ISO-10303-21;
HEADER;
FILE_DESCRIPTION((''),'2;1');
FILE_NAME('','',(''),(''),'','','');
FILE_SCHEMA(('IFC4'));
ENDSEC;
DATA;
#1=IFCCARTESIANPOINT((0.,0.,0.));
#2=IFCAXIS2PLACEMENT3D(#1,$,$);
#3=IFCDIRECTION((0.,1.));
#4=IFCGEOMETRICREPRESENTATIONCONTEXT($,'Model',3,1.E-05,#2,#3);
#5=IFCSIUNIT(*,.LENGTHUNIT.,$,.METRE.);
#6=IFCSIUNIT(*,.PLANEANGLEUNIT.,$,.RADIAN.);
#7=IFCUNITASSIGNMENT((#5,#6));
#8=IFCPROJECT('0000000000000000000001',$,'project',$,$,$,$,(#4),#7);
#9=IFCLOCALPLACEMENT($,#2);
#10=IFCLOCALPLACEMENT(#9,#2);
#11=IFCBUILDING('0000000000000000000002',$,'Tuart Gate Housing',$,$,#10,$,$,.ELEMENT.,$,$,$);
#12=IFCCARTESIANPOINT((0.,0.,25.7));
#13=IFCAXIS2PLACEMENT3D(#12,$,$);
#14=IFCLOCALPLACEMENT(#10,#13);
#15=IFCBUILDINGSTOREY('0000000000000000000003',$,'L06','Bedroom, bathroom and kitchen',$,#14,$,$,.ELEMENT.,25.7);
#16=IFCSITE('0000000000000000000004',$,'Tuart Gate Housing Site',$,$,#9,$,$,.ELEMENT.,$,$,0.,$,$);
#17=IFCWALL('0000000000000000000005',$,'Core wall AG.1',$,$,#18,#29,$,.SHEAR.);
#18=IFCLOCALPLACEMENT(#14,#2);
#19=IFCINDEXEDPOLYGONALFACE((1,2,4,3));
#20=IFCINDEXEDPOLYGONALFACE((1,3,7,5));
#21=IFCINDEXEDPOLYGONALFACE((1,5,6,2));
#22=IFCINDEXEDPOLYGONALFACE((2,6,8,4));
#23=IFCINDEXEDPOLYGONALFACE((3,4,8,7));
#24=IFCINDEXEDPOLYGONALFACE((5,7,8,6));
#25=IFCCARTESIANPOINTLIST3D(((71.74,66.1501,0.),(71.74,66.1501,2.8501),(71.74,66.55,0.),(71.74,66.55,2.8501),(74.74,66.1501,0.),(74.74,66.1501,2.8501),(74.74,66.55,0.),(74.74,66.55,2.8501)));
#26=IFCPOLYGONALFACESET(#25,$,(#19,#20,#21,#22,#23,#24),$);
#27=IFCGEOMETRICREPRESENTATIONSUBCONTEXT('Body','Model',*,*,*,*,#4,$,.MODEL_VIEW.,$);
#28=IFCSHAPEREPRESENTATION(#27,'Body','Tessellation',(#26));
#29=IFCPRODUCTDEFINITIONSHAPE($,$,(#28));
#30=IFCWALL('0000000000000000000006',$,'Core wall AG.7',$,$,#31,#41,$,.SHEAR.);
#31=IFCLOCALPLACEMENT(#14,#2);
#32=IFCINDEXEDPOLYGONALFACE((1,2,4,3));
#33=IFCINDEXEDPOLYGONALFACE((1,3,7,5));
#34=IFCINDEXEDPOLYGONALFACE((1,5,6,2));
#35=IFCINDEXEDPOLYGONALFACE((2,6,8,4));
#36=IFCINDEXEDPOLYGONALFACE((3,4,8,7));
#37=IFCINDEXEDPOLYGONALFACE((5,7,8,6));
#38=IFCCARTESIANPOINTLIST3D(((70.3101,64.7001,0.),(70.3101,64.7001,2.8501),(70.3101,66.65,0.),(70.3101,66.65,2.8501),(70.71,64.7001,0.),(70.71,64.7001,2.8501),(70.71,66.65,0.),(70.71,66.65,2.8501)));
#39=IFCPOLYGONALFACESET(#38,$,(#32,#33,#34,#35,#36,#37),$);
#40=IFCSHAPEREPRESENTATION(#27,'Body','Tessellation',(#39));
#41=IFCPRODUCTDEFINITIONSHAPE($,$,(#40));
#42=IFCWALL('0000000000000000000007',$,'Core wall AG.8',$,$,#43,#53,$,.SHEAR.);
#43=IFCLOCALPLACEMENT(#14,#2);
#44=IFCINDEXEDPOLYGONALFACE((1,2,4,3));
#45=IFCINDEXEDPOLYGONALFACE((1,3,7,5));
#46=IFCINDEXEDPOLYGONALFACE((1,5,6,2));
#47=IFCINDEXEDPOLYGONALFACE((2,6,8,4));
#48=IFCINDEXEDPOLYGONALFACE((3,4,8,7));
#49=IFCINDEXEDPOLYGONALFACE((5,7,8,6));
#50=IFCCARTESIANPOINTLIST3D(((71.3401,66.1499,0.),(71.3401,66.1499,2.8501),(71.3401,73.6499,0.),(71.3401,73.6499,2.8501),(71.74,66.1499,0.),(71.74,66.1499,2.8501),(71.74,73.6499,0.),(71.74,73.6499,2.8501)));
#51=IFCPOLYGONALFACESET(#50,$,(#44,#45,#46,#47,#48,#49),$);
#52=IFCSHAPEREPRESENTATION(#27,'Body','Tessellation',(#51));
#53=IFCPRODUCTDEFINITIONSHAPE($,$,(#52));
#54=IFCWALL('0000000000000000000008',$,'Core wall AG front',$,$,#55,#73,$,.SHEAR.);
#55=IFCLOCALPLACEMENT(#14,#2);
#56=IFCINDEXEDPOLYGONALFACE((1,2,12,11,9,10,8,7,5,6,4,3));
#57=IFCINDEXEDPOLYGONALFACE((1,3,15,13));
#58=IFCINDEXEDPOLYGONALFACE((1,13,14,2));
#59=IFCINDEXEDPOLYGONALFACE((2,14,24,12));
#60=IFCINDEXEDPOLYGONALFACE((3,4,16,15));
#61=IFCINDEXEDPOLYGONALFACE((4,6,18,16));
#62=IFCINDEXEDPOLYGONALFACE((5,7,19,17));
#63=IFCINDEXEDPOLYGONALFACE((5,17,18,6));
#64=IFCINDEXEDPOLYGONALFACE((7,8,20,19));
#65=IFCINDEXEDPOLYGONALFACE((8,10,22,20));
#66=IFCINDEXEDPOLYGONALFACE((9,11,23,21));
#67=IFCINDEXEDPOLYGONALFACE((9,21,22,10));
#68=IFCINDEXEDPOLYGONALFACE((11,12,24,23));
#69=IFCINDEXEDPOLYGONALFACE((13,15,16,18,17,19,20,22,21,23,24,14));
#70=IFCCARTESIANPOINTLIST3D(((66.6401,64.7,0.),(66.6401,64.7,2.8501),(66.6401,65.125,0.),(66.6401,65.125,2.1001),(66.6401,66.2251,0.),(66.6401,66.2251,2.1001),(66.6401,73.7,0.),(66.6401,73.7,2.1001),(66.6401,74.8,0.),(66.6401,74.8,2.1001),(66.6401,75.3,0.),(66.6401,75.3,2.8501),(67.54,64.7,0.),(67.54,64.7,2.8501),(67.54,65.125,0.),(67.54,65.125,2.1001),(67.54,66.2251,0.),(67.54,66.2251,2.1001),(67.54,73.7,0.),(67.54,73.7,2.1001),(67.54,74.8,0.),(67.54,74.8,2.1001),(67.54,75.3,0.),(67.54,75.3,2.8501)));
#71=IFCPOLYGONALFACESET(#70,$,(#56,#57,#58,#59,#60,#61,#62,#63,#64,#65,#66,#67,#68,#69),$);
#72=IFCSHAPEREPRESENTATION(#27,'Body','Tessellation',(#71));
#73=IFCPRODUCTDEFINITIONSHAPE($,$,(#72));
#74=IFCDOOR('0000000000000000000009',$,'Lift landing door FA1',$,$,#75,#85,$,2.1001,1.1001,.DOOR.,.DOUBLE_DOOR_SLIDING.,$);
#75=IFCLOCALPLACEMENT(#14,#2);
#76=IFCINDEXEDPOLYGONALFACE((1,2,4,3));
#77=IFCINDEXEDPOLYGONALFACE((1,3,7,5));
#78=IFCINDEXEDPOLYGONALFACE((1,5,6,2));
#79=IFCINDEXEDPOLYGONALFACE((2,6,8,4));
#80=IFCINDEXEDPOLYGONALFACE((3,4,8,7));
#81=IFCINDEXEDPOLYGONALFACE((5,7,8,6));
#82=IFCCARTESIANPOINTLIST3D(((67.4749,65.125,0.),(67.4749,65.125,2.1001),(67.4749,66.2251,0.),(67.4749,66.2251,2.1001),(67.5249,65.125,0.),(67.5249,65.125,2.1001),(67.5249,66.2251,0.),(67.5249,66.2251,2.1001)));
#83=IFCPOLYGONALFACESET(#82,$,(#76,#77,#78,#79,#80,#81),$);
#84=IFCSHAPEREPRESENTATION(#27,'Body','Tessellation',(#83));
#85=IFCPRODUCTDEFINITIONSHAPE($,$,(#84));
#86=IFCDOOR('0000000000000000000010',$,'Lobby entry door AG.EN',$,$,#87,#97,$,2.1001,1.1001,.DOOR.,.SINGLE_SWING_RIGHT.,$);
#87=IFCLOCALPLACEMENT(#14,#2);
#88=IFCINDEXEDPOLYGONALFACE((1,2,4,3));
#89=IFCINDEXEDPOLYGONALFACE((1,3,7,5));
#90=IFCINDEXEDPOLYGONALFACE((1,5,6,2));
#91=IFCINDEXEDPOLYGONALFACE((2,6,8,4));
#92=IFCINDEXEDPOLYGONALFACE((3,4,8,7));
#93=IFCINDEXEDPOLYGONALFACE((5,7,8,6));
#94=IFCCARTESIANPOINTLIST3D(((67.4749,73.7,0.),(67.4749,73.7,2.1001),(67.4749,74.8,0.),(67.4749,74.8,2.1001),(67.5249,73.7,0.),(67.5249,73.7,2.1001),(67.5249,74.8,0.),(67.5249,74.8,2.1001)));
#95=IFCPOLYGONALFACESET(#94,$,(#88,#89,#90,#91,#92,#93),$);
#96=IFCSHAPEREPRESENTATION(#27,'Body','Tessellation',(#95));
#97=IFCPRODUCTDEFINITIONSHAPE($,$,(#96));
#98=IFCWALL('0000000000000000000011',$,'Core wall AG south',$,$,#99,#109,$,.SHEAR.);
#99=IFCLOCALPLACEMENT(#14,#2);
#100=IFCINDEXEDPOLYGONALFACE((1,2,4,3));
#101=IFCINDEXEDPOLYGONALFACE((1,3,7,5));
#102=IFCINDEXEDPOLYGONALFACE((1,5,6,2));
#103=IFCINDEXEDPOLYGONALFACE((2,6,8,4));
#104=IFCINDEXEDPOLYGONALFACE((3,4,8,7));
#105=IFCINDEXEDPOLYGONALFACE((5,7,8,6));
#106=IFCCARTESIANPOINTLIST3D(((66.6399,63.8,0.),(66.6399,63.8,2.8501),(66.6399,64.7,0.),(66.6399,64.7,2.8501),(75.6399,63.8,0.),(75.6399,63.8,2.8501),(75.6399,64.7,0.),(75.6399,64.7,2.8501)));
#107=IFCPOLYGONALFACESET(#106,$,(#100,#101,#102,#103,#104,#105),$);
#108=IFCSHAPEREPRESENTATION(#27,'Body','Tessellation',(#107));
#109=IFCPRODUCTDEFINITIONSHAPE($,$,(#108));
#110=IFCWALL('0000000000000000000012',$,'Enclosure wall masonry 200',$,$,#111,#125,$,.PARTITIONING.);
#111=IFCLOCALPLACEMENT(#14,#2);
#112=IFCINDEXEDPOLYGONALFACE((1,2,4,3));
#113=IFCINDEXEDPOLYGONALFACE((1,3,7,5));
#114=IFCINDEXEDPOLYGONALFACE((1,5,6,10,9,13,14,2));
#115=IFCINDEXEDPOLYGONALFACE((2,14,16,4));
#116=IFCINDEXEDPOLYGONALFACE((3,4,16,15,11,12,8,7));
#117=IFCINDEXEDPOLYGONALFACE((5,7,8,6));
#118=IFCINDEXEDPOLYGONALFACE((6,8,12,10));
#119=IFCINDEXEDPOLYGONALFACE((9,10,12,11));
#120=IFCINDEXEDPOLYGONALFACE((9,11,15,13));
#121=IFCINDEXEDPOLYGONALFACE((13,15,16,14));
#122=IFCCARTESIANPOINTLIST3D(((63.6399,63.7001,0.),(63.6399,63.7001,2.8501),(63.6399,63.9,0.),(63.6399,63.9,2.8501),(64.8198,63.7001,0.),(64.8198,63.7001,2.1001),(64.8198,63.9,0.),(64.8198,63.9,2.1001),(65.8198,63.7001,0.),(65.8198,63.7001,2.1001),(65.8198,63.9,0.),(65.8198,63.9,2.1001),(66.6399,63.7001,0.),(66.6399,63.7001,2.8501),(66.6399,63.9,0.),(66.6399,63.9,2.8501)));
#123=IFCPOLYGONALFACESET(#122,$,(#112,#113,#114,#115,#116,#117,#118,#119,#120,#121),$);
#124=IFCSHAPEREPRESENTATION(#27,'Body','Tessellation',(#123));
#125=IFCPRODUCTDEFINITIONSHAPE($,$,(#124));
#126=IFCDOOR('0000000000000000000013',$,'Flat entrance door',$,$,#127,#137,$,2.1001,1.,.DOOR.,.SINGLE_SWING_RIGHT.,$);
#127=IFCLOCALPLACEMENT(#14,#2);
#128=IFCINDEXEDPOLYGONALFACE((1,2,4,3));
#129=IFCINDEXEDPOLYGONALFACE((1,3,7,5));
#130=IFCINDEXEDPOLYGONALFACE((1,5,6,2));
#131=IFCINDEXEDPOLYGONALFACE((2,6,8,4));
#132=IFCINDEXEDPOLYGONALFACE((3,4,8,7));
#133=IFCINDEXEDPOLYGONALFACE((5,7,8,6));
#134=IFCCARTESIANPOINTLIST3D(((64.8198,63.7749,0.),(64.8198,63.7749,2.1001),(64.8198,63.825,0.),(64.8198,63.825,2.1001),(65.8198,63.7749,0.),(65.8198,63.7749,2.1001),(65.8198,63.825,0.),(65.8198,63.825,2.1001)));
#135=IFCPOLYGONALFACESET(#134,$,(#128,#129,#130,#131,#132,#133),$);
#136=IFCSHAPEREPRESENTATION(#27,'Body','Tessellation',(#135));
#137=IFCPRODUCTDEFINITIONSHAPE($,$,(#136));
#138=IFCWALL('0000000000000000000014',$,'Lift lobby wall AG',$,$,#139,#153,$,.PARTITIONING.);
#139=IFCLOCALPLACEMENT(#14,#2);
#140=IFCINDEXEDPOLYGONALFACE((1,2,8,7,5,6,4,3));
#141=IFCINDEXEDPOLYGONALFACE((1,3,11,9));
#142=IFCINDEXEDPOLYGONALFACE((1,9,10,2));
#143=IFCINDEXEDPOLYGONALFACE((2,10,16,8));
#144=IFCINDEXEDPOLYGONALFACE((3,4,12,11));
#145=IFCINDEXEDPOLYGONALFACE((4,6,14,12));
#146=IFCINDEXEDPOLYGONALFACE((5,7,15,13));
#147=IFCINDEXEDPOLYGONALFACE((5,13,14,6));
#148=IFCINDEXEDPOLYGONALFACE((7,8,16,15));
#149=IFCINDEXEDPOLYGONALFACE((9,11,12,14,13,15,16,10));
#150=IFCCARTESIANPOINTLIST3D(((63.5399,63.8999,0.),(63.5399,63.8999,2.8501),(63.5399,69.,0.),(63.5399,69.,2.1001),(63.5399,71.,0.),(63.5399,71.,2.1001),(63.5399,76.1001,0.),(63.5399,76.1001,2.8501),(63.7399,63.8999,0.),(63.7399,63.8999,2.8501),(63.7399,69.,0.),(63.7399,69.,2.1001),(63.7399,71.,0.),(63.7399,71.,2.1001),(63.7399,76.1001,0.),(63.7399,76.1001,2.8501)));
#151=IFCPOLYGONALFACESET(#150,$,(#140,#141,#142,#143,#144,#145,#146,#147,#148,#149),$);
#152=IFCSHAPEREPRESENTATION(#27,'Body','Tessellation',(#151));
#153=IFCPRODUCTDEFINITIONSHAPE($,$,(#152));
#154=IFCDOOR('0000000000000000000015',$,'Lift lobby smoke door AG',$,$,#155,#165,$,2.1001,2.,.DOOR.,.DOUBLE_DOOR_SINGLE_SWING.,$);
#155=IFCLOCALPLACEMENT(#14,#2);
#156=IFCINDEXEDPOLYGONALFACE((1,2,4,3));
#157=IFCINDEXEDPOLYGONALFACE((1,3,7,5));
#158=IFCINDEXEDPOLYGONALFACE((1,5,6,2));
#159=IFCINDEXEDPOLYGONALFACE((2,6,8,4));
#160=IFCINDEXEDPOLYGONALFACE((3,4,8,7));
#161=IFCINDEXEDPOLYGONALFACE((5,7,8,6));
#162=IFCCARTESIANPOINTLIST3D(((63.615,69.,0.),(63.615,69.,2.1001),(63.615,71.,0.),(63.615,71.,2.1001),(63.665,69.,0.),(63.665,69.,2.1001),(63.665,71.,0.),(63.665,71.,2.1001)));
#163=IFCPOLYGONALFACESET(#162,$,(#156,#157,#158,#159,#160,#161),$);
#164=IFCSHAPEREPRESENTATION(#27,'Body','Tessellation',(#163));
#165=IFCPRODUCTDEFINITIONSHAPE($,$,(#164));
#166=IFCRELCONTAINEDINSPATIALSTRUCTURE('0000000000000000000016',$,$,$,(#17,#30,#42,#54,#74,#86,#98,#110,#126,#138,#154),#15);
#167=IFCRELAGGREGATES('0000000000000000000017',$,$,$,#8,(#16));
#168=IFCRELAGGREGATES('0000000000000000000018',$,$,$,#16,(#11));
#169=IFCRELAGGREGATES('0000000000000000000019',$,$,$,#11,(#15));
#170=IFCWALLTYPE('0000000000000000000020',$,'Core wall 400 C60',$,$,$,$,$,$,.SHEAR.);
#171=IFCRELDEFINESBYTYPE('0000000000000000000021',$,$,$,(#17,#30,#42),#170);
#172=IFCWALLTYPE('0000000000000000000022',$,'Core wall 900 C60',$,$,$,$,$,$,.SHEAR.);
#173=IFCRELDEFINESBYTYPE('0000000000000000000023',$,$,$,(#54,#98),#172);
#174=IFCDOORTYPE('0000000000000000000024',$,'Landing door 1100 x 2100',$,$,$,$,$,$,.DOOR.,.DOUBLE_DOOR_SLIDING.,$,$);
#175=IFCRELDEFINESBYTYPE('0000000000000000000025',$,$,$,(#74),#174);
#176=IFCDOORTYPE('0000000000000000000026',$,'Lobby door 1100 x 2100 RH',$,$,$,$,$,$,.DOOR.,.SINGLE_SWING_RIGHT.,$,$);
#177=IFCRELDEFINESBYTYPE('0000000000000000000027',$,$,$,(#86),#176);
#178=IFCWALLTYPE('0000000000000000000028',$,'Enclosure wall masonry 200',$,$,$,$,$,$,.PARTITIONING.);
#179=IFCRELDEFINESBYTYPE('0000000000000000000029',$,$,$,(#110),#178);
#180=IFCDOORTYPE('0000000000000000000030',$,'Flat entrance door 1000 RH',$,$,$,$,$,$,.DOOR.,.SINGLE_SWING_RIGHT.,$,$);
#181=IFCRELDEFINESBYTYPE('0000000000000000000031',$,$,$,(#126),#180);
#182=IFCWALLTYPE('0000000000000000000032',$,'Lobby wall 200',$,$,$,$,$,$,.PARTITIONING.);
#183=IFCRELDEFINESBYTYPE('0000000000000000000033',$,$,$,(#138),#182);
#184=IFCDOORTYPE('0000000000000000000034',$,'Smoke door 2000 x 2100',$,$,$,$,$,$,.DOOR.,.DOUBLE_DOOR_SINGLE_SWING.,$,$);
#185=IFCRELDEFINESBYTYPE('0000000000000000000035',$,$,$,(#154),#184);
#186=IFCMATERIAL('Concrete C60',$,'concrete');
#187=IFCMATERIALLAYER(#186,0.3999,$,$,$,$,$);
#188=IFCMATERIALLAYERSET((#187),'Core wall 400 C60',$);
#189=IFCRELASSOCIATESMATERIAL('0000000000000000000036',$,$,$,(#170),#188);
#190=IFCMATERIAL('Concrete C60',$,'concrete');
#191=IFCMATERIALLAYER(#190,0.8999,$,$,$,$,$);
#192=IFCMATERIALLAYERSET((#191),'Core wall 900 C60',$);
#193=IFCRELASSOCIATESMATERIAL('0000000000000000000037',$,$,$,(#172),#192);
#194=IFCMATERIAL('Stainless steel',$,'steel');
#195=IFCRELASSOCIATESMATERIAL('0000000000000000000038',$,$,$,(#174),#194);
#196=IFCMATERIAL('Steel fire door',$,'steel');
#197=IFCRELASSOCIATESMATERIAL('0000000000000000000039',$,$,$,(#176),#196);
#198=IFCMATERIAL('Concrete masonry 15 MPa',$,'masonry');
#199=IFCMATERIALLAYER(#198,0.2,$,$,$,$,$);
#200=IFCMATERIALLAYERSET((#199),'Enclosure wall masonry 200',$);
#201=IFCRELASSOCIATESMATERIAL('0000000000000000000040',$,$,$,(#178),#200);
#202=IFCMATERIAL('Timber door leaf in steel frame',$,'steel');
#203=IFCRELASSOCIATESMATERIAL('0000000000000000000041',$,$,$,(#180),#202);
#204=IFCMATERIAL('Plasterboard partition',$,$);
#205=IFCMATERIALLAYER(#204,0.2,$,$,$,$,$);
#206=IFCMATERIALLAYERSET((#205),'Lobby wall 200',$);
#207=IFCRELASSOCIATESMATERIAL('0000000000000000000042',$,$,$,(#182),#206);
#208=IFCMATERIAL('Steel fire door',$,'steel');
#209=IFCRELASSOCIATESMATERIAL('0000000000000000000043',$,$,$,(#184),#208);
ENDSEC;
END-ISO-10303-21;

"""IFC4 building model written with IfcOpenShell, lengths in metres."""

from ifc_helpers import new_model, si_unit, direction, frame, frame_2d, origin, place, context, subcontext, project, spatial, rectangle, extrude, material, layer, layer_set, type_object, element, fill, save


model = new_model("IFC4")

# Units and contexts
model_context = context("Model", 3, precision=1e-05, world=origin(), true_north=direction((0.0, 1.0)))
body_context = subcontext(model_context, "Body", "Model", "MODEL_VIEW")
ifc_project = project(units=[si_unit("LENGTHUNIT", "METRE"), si_unit("PLANEANGLEUNIT", "RADIAN")], contexts=[model_context])

# Site, building, storey
site_placement = place(None, origin())
site = spatial("IfcSite", under=ifc_project, at=site_placement, Name="Tuart Gate Housing Site", CompositionType="ELEMENT", RefElevation=0.0)
building_placement = place(site_placement, origin())
building = spatial("IfcBuilding", under=site, at=building_placement, Name="Tuart Gate Housing", CompositionType="ELEMENT")
storey_placement = place(building_placement, frame((0.0, 0.0, 25.7)))
storey = spatial("IfcBuildingStorey", under=building, at=storey_placement, Name="L06", Description="Bedroom, bathroom and kitchen", CompositionType="ELEMENT", Elevation=25.7)

# Walls
ifc_material_1 = material(Name="Concrete C60", Category="concrete")
ifc_layer_1 = layer(ifc_material_1, 0.3999)
ifc_layer_set_1 = layer_set([ifc_layer_1], Name="Core wall 400 C60")
wall_type_1 = type_object("IfcWallType", Name="Core wall 400 C60", PredefinedType="SHEAR", material=ifc_layer_set_1)
wall_1_placement = place(storey_placement, frame((71.74, 66.3501, 0.0), z_axis=(0.0, 0.0, 1.0), x_axis=(1.0, 0.0, 0.0)))
element("IfcWall", 1, at=wall_1_placement, inside=storey, type_object=wall_type_1, Name="Core wall AG.1", PredefinedType="SHEAR", context=body_context, shape_type="SweptSolid", body=[
    extrude(rectangle(XDim=3.0, YDim=0.3999, at=frame_2d((1.5, 0.0))), origin(), (0.0, 0.0, 1.0), 2.8501),
])
wall_2_placement = place(storey_placement, frame((70.51, 64.7, 0.0), z_axis=(0.0, 0.0, 1.0), x_axis=(0.0, 1.0, 0.0)))
element("IfcWall", 2, at=wall_2_placement, inside=storey, type_object=wall_type_1, Name="Core wall AG.7", PredefinedType="SHEAR", context=body_context, shape_type="SweptSolid", body=[
    extrude(rectangle(XDim=1.95, YDim=0.3999, at=frame_2d((0.9751, 0.0))), origin(), (0.0, 0.0, 1.0), 2.8501),
])
wall_3_placement = place(storey_placement, frame((71.54, 66.1499, 0.0), z_axis=(0.0, 0.0, 1.0), x_axis=(0.0, 1.0, 0.0)))
element("IfcWall", 3, at=wall_3_placement, inside=storey, type_object=wall_type_1, Name="Core wall AG.8", PredefinedType="SHEAR", context=body_context, shape_type="SweptSolid", body=[
    extrude(rectangle(XDim=7.5, YDim=0.3999, at=frame_2d((3.75, 0.0))), origin(), (0.0, 0.0, 1.0), 2.8501),
])

# Wall, openings, doors
ifc_material_2 = material(Name="Concrete C60", Category="concrete")
ifc_layer_2 = layer(ifc_material_2, 0.8999)
ifc_layer_set_2 = layer_set([ifc_layer_2], Name="Core wall 900 C60")
wall_type_2 = type_object("IfcWallType", Name="Core wall 900 C60", PredefinedType="SHEAR", material=ifc_layer_set_2)
wall_4_placement = place(storey_placement, frame((67.0901, 64.7, 0.0), z_axis=(0.0, 0.0, 1.0), x_axis=(0.0, 1.0, 0.0)))
wall_4 = element("IfcWall", 4, at=wall_4_placement, inside=storey, type_object=wall_type_2, Name="Core wall AG front", PredefinedType="SHEAR", context=body_context, shape_type="SweptSolid", body=[
    extrude(rectangle(XDim=10.6001, YDim=0.8999, at=frame_2d((5.3, 0.0))), origin(), (0.0, 0.0, 1.0), 2.8501),
])
opening_1_placement = place(wall_4_placement, frame((0.425, 0.0, 0.0)))
opening_1 = element("IfcOpeningElement", 5, at=opening_1_placement, cuts=wall_4, PredefinedType="OPENING", context=body_context, shape_type="SweptSolid", body=[
    extrude(rectangle(XDim=1.1001, YDim=2.1001, at=frame_2d((0.55, 1.05))), frame((0.0, 0.46, 0.0), z_axis=(0.0, -1.0, 0.0), x_axis=(1.0, 0.0, 0.0)), (0.0, 0.0, 1.0), 0.9199),
])
opening_2_placement = place(wall_4_placement, frame((9.0, 0.0, 0.0)))
opening_2 = element("IfcOpeningElement", 6, at=opening_2_placement, cuts=wall_4, PredefinedType="OPENING", context=body_context, shape_type="SweptSolid", body=[
    extrude(rectangle(XDim=1.1001, YDim=2.1001, at=frame_2d((0.55, 1.05))), frame((0.0, 0.46, 0.0), z_axis=(0.0, -1.0, 0.0), x_axis=(1.0, 0.0, 0.0)), (0.0, 0.0, 1.0), 0.9199),
])
ifc_material_3 = material(Name="Stainless steel", Category="steel")
door_type_1 = type_object("IfcDoorType", Name="Landing door 1100 x 2100", OperationType="DOUBLE_DOOR_SLIDING", PredefinedType="DOOR", material=ifc_material_3)
door_1_placement = place(opening_1_placement, origin())
door_1 = element("IfcDoor", 7, at=door_1_placement, inside=storey, type_object=door_type_1, Name="Lift landing door FA1", OperationType="DOUBLE_DOOR_SLIDING", OverallHeight=2.1001, OverallWidth=1.1001, PredefinedType="DOOR", context=body_context, shape_type="SweptSolid", body=[
    extrude(rectangle(XDim=1.1001, YDim=2.1001, at=frame_2d((0.55, 1.05))), frame((0.0, -0.3848, 0.0), z_axis=(0.0, -1.0, 0.0), x_axis=(1.0, 0.0, 0.0)), (0.0, 0.0, 1.0), 0.05),
])
fill(opening_1, door_1)
ifc_material_4 = material(Name="Steel fire door", Category="steel")
door_type_2 = type_object("IfcDoorType", Name="Lobby door 1100 x 2100 RH", OperationType="SINGLE_SWING_RIGHT", PredefinedType="DOOR", material=ifc_material_4)
door_2_placement = place(opening_2_placement, frame((1.1001, 0.0, 0.0), z_axis=(0.0, 0.0, 1.0), x_axis=(-1.0, 0.0, 0.0)))
door_2 = element("IfcDoor", 8, at=door_2_placement, inside=storey, type_object=door_type_2, Name="Lobby entry door AG.EN", OperationType="SINGLE_SWING_RIGHT", OverallHeight=2.1001, OverallWidth=1.1001, PredefinedType="DOOR", context=body_context, shape_type="SweptSolid", body=[
    extrude(rectangle(XDim=1.1001, YDim=2.1001, at=frame_2d((0.55, 1.05))), frame((0.0, 0.4348, 0.0), z_axis=(0.0, -1.0, 0.0), x_axis=(1.0, 0.0, 0.0)), (0.0, 0.0, 1.0), 0.05),
])
fill(opening_2, door_2)

# Wall
wall_5_placement = place(storey_placement, frame((66.6399, 64.25, 0.0), z_axis=(0.0, 0.0, 1.0), x_axis=(1.0, 0.0, 0.0)))
element("IfcWall", 9, at=wall_5_placement, inside=storey, type_object=wall_type_2, Name="Core wall AG south", PredefinedType="SHEAR", context=body_context, shape_type="SweptSolid", body=[
    extrude(rectangle(XDim=9.0, YDim=0.8999, at=frame_2d((4.5, 0.0))), origin(), (0.0, 0.0, 1.0), 2.8501),
])

# Walls, openings, doors
ifc_material_5 = material(Name="Concrete masonry 15 MPa", Category="masonry")
ifc_layer_3 = layer(ifc_material_5, 0.2)
ifc_layer_set_3 = layer_set([ifc_layer_3], Name="Enclosure wall masonry 200")
wall_type_3 = type_object("IfcWallType", Name="Enclosure wall masonry 200", PredefinedType="PARTITIONING", material=ifc_layer_set_3)
wall_6_placement = place(storey_placement, frame((63.6399, 63.8, 0.0), z_axis=(0.0, 0.0, 1.0), x_axis=(1.0, 0.0, 0.0)))
wall_6 = element("IfcWall", 10, at=wall_6_placement, inside=storey, type_object=wall_type_3, Name="Enclosure wall masonry 200", PredefinedType="PARTITIONING", context=body_context, shape_type="SweptSolid", body=[
    extrude(rectangle(XDim=3.0, YDim=0.2, at=frame_2d((1.5, 0.0))), origin(), (0.0, 0.0, 1.0), 2.8501),
])
opening_3_placement = place(wall_6_placement, frame((1.1799, 0.0, 0.0)))
opening_3 = element("IfcOpeningElement", 11, at=opening_3_placement, cuts=wall_6, PredefinedType="OPENING", context=body_context, shape_type="SweptSolid", body=[
    extrude(rectangle(XDim=1.0, YDim=2.1001, at=frame_2d((0.5, 1.05))), frame((0.0, 0.1099, 0.0), z_axis=(0.0, -1.0, 0.0), x_axis=(1.0, 0.0, 0.0)), (0.0, 0.0, 1.0), 0.22),
])
ifc_material_6 = material(Name="Timber door leaf in steel frame", Category="steel")
door_type_3 = type_object("IfcDoorType", Name="Flat entrance door 1000 RH", OperationType="SINGLE_SWING_RIGHT", PredefinedType="DOOR", material=ifc_material_6)
door_3_placement = place(opening_3_placement, frame((1.0, 0.0, 0.0), z_axis=(0.0, 0.0, 1.0), x_axis=(-1.0, 0.0, 0.0)))
door_3 = element("IfcDoor", 12, at=door_3_placement, inside=storey, type_object=door_type_3, Name="Flat entrance door", OperationType="SINGLE_SWING_RIGHT", OverallHeight=2.1001, OverallWidth=1.0, PredefinedType="DOOR", context=body_context, shape_type="SweptSolid", body=[
    extrude(rectangle(XDim=1.0, YDim=2.1001, at=frame_2d((0.5, 1.05))), frame((0.0, 0.0251, 0.0), z_axis=(0.0, -1.0, 0.0), x_axis=(1.0, 0.0, 0.0)), (0.0, 0.0, 1.0), 0.05),
])
fill(opening_3, door_3)
ifc_material_7 = material(Name="Plasterboard partition")
ifc_layer_4 = layer(ifc_material_7, 0.2)
ifc_layer_set_4 = layer_set([ifc_layer_4], Name="Lobby wall 200")
wall_type_4 = type_object("IfcWallType", Name="Lobby wall 200", PredefinedType="PARTITIONING", material=ifc_layer_set_4)
wall_7_placement = place(storey_placement, frame((63.6399, 63.8999, 0.0), z_axis=(0.0, 0.0, 1.0), x_axis=(0.0, 1.0, 0.0)))
wall_7 = element("IfcWall", 13, at=wall_7_placement, inside=storey, type_object=wall_type_4, Name="Lift lobby wall AG", PredefinedType="PARTITIONING", context=body_context, shape_type="SweptSolid", body=[
    extrude(rectangle(XDim=12.2002, YDim=0.2, at=frame_2d((6.1001, 0.0))), origin(), (0.0, 0.0, 1.0), 2.8501),
])
opening_4_placement = place(wall_7_placement, frame((5.1001, 0.0, 0.0)))
opening_4 = element("IfcOpeningElement", 14, at=opening_4_placement, cuts=wall_7, PredefinedType="OPENING", context=body_context, shape_type="SweptSolid", body=[
    extrude(rectangle(XDim=2.0, YDim=2.1001, at=frame_2d((1.0, 1.05))), frame((0.0, 0.1099, 0.0), z_axis=(0.0, -1.0, 0.0), x_axis=(1.0, 0.0, 0.0)), (0.0, 0.0, 1.0), 0.22),
])
ifc_material_8 = material(Name="Steel fire door", Category="steel")
door_type_4 = type_object("IfcDoorType", Name="Smoke door 2000 x 2100", OperationType="DOUBLE_DOOR_SINGLE_SWING", PredefinedType="DOOR", material=ifc_material_8)
door_4_placement = place(opening_4_placement, frame((2.0, 0.0, 0.0), z_axis=(0.0, 0.0, 1.0), x_axis=(-1.0, 0.0, 0.0)))
door_4 = element("IfcDoor", 15, at=door_4_placement, inside=storey, type_object=door_type_4, Name="Lift lobby smoke door AG", OperationType="DOUBLE_DOOR_SINGLE_SWING", OverallHeight=2.1001, OverallWidth=2.0, PredefinedType="DOOR", context=body_context, shape_type="SweptSolid", body=[
    extrude(rectangle(XDim=2.0, YDim=2.1001, at=frame_2d((1.0, 1.05))), frame((0.0, 0.0251, 0.0), z_axis=(0.0, -1.0, 0.0), x_axis=(1.0, 0.0, 0.0)), (0.0, 0.0, 1.0), 0.05),
])
fill(opening_4, door_4)

save(model, "model.ifc")
